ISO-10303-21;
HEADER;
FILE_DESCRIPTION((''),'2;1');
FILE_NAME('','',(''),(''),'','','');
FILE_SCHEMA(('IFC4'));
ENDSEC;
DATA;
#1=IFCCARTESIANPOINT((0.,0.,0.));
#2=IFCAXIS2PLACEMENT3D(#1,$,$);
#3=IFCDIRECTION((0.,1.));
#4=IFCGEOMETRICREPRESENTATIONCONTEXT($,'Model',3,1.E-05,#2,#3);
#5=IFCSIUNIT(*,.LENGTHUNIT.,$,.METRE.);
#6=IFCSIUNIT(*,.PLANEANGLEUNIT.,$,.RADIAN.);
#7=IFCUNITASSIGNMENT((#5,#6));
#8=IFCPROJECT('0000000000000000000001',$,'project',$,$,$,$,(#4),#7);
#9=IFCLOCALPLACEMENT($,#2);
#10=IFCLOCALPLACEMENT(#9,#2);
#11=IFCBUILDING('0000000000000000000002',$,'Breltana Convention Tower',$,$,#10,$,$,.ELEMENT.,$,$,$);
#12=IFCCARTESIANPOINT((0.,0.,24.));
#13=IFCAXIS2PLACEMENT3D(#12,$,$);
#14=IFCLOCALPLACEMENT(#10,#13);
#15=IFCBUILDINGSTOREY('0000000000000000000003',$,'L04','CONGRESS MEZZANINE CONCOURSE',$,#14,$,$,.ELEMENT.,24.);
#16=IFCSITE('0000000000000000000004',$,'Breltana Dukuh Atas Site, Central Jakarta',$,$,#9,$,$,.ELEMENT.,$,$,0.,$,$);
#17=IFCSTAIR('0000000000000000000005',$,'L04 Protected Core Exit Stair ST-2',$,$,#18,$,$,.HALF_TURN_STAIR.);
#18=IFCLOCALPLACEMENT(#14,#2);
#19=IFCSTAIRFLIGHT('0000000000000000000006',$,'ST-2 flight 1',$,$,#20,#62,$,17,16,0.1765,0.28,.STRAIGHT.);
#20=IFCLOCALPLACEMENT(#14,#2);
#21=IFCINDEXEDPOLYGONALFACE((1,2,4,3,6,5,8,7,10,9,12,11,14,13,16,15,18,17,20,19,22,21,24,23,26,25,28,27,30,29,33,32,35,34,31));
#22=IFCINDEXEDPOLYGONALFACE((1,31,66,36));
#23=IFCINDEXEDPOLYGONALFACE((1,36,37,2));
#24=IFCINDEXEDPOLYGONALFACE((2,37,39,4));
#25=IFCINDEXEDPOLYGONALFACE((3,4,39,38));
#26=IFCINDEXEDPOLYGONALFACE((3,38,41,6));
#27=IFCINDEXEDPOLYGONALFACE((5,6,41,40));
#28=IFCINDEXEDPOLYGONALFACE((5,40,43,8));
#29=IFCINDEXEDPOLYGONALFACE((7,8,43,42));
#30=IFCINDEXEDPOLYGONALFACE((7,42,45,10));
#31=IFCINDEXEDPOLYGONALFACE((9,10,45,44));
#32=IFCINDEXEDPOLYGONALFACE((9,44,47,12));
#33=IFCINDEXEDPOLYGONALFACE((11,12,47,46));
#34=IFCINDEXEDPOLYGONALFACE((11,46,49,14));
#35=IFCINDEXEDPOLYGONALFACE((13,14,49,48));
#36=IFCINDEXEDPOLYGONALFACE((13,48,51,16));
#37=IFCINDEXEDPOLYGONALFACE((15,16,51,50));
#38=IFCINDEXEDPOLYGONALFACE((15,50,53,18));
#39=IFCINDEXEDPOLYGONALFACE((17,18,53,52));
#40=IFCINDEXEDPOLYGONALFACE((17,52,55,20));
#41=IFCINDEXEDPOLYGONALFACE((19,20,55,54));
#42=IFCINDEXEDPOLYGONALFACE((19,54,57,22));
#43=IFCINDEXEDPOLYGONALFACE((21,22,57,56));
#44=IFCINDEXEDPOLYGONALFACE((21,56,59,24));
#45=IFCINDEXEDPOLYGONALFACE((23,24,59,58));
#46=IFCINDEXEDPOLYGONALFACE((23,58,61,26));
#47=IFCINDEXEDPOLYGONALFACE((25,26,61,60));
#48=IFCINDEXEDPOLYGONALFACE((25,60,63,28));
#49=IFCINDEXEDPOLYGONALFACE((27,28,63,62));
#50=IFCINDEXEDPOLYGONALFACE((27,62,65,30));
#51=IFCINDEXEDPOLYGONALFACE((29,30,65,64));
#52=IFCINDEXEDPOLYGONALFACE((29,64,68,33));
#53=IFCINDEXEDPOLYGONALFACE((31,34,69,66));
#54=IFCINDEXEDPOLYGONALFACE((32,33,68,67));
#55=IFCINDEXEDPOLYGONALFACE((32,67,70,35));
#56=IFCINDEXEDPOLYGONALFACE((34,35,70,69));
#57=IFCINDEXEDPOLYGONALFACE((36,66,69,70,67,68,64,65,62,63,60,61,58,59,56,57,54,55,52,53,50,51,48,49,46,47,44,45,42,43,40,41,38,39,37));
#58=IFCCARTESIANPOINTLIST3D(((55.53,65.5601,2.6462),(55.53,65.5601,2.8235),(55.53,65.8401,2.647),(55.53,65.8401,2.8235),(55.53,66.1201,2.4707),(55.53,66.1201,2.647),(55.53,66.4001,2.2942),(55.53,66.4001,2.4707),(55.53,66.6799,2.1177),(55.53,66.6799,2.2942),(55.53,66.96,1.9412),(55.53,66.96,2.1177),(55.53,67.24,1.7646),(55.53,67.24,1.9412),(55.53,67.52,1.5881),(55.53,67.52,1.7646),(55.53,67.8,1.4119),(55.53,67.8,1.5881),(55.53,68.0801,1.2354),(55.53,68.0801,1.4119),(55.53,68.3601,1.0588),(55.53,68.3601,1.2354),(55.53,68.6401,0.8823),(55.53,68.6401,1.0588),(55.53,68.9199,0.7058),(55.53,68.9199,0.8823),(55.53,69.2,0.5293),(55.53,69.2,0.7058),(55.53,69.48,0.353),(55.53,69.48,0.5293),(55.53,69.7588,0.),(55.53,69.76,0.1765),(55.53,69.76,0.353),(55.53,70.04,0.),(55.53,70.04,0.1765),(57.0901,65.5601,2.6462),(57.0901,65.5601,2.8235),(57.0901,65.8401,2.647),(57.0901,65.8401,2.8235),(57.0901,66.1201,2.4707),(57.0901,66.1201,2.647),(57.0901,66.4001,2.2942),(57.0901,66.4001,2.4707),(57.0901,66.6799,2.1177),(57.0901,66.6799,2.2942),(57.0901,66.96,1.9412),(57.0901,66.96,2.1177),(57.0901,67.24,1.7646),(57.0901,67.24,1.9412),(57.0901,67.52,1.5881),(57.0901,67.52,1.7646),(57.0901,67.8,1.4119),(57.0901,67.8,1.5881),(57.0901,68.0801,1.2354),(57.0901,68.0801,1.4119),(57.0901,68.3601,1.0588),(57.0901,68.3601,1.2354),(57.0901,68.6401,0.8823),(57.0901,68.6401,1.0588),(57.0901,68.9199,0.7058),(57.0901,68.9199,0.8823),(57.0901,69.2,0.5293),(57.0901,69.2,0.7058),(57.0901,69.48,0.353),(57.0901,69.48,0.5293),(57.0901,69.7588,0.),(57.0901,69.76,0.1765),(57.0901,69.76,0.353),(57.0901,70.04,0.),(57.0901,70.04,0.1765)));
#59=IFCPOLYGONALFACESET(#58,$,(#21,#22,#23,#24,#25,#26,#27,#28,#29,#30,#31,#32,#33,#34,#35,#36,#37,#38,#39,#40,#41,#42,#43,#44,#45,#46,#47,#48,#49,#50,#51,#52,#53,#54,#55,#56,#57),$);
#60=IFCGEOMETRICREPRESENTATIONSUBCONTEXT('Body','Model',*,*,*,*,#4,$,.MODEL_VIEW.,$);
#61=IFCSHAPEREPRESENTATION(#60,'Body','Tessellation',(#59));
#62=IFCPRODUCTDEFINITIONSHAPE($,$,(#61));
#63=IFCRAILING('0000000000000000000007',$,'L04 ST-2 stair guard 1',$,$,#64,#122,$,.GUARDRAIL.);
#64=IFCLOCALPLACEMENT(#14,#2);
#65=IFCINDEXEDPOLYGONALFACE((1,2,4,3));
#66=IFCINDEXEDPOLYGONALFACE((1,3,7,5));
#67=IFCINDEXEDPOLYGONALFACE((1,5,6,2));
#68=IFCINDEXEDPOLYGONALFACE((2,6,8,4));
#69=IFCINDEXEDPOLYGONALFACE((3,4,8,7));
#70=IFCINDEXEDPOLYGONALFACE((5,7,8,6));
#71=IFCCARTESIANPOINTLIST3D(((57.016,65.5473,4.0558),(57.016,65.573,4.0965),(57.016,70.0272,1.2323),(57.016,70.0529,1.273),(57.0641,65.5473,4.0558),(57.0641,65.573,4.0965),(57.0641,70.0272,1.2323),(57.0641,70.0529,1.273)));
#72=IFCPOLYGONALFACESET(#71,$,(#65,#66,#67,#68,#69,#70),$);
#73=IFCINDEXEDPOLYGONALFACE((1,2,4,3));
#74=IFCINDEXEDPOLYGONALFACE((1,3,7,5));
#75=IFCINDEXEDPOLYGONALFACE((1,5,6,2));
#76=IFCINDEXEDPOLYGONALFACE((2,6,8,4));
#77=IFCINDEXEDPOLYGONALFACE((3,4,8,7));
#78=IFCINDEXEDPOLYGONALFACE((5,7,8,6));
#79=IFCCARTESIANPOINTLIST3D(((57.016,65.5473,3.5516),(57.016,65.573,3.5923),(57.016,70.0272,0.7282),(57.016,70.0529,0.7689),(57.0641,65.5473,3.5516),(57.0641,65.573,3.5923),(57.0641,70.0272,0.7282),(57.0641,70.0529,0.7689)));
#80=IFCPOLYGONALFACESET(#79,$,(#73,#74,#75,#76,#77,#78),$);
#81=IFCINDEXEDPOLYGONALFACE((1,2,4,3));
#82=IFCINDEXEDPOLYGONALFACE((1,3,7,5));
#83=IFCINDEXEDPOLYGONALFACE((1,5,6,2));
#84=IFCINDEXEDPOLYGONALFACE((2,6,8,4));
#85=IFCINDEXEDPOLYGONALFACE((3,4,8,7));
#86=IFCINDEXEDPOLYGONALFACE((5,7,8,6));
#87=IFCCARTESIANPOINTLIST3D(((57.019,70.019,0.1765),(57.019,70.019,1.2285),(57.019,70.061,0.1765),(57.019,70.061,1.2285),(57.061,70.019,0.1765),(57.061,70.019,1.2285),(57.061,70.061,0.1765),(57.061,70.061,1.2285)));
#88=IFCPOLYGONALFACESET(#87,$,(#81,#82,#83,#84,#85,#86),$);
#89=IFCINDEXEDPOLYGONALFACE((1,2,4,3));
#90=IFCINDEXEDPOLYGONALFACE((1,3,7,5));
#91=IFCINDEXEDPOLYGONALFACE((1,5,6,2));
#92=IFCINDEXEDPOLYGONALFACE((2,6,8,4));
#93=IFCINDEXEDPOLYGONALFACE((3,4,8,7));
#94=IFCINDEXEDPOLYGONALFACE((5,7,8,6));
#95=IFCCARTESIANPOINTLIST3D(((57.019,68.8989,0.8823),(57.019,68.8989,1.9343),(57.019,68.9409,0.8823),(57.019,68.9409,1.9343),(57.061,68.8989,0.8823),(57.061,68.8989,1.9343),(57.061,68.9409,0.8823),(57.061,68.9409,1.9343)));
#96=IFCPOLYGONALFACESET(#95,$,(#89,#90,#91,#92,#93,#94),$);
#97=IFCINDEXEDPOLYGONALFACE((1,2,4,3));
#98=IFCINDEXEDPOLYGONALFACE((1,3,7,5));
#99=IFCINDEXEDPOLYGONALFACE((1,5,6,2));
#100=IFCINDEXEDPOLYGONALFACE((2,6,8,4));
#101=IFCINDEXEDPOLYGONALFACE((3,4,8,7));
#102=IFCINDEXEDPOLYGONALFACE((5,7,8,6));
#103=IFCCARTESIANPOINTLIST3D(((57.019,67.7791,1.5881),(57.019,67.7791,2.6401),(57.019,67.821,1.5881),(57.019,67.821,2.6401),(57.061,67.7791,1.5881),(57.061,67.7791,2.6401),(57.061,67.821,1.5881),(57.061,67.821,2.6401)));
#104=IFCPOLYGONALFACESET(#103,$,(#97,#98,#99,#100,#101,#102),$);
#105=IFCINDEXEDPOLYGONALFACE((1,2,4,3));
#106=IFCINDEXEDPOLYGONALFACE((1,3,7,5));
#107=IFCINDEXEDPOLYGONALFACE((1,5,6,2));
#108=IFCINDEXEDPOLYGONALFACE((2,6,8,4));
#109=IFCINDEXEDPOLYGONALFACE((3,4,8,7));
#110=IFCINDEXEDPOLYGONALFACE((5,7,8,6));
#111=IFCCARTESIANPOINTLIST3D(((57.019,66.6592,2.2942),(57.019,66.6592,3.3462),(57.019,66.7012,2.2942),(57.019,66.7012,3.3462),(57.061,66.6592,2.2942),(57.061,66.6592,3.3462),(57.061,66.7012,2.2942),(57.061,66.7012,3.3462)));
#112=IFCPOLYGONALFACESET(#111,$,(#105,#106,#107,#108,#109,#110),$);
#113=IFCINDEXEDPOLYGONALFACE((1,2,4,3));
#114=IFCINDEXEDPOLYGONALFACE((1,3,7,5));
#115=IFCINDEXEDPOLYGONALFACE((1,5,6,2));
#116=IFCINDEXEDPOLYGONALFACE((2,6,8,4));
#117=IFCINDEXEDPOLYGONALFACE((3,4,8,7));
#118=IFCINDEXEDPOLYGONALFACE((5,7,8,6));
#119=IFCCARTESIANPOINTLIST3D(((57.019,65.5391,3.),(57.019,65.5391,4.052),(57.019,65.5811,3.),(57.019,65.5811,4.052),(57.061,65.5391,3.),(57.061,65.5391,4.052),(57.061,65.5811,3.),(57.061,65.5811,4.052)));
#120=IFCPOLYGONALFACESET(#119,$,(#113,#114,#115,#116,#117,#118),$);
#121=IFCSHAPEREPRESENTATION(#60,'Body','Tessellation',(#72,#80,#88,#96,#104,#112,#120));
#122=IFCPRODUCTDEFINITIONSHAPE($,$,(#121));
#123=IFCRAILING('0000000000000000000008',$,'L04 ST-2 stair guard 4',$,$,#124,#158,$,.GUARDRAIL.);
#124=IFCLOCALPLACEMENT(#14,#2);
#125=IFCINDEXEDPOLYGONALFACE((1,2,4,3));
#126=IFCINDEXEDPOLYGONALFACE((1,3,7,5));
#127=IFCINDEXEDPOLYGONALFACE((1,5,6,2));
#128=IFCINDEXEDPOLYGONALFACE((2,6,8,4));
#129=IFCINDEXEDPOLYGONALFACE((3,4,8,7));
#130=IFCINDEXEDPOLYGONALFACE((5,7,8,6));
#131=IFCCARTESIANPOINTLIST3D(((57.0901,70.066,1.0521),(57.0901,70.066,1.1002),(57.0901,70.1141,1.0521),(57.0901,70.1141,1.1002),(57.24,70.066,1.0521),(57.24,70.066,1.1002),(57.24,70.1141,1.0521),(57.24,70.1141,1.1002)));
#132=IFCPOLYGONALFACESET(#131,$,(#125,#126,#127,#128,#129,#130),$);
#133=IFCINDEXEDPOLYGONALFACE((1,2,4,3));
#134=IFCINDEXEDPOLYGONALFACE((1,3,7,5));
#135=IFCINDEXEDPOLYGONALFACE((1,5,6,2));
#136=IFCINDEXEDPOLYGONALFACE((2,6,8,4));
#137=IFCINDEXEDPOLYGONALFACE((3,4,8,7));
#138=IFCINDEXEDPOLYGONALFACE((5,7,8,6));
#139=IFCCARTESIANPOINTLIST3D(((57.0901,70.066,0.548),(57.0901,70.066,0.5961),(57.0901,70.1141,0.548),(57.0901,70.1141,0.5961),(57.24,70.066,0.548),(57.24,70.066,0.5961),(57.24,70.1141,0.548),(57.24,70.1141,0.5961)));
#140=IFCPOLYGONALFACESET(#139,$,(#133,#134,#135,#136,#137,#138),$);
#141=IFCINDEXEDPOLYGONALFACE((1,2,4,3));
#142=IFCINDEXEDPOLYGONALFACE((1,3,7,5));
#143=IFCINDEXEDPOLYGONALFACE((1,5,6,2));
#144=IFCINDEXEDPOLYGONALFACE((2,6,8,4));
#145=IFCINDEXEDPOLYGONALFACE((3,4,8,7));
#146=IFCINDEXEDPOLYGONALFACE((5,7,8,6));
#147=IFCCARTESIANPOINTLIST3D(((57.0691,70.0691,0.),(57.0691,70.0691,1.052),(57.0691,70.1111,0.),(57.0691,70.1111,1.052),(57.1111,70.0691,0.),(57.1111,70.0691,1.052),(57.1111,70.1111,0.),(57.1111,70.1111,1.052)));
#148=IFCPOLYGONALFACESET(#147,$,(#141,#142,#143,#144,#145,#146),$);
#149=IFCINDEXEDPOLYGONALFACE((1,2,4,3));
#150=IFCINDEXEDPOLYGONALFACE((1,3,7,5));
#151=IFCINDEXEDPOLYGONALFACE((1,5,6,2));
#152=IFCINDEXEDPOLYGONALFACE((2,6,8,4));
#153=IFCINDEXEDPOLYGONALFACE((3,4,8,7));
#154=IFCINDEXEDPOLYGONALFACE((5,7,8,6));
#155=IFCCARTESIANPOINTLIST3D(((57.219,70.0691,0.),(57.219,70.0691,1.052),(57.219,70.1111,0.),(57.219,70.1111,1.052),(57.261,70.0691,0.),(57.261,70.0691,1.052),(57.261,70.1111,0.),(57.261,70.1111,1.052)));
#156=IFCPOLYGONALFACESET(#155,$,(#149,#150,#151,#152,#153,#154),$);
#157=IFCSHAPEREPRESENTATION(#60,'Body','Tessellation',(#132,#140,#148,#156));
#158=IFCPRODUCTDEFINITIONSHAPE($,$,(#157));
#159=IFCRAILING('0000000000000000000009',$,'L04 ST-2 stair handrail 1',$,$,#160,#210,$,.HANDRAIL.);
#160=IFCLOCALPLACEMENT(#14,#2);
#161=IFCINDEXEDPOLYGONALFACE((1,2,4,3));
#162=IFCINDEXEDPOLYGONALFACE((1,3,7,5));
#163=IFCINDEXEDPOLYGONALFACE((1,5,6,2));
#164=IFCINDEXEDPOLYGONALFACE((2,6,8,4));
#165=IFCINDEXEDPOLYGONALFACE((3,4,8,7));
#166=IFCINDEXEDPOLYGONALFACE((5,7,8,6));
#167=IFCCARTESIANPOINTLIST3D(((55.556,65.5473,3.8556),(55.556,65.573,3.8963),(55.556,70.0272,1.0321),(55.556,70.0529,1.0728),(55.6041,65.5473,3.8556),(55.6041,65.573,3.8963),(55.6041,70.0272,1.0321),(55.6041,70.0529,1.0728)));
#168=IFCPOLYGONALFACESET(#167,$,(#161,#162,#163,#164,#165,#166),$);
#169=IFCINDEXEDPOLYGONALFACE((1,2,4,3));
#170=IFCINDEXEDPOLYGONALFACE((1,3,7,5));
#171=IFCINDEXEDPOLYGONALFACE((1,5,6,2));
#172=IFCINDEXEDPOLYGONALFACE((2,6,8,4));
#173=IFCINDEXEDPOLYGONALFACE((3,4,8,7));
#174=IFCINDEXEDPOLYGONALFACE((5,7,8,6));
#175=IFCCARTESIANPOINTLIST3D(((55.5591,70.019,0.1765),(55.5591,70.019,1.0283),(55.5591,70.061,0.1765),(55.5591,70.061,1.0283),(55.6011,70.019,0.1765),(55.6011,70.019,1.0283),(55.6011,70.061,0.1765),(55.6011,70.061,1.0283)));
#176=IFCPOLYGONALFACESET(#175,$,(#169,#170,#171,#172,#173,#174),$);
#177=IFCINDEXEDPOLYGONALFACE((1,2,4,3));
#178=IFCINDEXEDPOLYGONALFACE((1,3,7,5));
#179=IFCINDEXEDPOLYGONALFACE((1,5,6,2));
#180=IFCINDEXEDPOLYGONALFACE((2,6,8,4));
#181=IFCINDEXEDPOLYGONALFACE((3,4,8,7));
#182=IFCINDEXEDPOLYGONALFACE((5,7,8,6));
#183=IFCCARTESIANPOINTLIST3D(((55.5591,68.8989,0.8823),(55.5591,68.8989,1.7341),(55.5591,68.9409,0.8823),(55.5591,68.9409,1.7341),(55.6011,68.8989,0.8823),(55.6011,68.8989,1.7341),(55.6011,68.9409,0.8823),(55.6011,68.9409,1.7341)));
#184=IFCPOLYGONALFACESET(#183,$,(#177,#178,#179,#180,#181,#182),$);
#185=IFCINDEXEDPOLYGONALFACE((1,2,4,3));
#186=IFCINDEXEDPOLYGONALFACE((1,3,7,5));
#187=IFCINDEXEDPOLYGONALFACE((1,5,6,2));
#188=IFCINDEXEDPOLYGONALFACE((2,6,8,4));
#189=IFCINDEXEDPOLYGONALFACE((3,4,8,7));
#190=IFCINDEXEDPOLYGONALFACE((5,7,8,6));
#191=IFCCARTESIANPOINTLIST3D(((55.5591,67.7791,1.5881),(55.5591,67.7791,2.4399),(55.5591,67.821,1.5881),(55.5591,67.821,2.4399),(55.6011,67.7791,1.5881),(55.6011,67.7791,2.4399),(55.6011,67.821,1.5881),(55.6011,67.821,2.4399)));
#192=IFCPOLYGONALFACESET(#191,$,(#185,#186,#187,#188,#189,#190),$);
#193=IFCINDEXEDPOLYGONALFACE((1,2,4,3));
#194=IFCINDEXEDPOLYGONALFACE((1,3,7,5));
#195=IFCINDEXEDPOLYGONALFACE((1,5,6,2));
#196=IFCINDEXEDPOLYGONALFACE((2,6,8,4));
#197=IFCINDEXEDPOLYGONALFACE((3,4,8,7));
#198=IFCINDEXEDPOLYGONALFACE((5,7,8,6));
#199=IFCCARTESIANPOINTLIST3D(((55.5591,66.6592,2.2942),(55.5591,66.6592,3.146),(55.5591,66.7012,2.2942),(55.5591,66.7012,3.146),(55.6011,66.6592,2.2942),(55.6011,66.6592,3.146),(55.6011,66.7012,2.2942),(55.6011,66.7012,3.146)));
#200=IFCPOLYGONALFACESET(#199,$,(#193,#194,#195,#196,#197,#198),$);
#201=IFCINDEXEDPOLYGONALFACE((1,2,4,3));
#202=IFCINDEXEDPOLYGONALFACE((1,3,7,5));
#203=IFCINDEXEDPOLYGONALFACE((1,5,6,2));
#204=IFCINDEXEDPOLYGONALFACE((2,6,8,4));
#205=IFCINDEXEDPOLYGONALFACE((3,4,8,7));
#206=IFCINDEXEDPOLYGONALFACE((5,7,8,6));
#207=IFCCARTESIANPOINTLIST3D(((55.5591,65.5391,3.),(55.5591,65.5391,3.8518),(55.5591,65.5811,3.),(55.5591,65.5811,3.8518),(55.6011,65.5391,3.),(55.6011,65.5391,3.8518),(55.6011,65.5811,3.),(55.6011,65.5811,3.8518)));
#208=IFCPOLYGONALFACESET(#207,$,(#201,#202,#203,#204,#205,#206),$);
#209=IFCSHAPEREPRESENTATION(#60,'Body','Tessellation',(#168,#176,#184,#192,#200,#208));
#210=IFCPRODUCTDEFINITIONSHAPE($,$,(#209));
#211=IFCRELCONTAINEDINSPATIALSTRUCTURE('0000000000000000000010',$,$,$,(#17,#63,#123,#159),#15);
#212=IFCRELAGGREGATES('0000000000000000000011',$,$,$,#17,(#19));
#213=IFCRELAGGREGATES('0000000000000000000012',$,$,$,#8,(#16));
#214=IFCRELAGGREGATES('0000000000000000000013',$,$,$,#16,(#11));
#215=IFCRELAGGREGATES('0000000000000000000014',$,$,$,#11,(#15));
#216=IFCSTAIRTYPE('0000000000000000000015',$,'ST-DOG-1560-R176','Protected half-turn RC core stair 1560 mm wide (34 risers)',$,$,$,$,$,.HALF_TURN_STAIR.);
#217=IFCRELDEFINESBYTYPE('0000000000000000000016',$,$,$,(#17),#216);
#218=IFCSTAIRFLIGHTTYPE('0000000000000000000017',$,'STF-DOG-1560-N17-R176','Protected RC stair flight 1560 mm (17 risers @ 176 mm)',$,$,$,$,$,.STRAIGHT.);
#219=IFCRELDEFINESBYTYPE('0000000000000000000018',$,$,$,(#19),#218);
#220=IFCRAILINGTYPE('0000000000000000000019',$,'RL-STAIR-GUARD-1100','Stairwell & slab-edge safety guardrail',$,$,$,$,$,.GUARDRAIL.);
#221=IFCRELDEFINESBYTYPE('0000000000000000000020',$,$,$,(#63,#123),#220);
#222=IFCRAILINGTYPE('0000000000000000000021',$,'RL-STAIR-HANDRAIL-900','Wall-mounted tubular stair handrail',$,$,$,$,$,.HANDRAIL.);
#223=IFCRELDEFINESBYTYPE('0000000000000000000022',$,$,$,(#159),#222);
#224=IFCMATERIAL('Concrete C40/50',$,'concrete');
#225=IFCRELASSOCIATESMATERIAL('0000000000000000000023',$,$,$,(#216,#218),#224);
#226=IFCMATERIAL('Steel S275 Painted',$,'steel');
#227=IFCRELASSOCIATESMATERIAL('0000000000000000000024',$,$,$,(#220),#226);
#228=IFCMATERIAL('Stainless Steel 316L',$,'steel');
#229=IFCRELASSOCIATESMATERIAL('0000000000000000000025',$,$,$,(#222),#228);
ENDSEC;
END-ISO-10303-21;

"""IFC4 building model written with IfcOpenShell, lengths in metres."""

from ifc_helpers import new_model, si_unit, direction, frame, origin, origin_2d, place, context, subcontext, project, spatial, polyline, rectangle, outline, extrude, material, type_object, element, aggregate, save


model = new_model("IFC4")

# Units and contexts
model_context = context("Model", 3, precision=1e-05, world=origin(), true_north=direction((0.0, 1.0)))
body_context = subcontext(model_context, "Body", "Model", "MODEL_VIEW")
ifc_project = project(units=[si_unit("LENGTHUNIT", "METRE"), si_unit("PLANEANGLEUNIT", "RADIAN")], contexts=[model_context])

# Site, building, storey
site_placement = place(None, origin())
site = spatial("IfcSite", under=ifc_project, at=site_placement, Name="Breltana Dukuh Atas Site, Central Jakarta", CompositionType="ELEMENT", RefElevation=0.0)
building_placement = place(site_placement, origin())
building = spatial("IfcBuilding", under=site, at=building_placement, Name="Breltana Convention Tower", CompositionType="ELEMENT")
storey_placement = place(building_placement, frame((0.0, 0.0, 24.0)))
storey = spatial("IfcBuildingStorey", under=building, at=storey_placement, Name="L04", Description="CONGRESS MEZZANINE CONCOURSE", CompositionType="ELEMENT", Elevation=24.0)

# Stair, stair flight
ifc_material_1 = material(Name="Concrete C40/50", Category="concrete")
stair_type = type_object("IfcStairType", Name="ST-DOG-1560-R176", Description="Protected half-turn RC core stair 1560 mm wide (34 risers)", PredefinedType="HALF_TURN_STAIR", material=ifc_material_1)
stair_placement = place(storey_placement, origin())
stair = element("IfcStair", 1, at=stair_placement, inside=storey, type_object=stair_type, Name="L04 Protected Core Exit Stair ST-2", PredefinedType="HALF_TURN_STAIR")
stair_flight_type = type_object("IfcStairFlightType", Name="STF-DOG-1560-N17-R176", Description="Protected RC stair flight 1560 mm (17 risers @ 176 mm)", PredefinedType="STRAIGHT", material=ifc_material_1)
stair_flight_placement = place(storey_placement, frame((56.3101, 70.04, 0.0), z_axis=(0.0, 0.0, 1.0), x_axis=(0.0, -1.0, 0.0)))
stair_flight = element("IfcStairFlight", 2, at=stair_flight_placement, type_object=stair_flight_type, Name="ST-2 flight 1", NumberOfRisers=17, NumberOfTreads=16, PredefinedType="STRAIGHT", RiserHeight=0.1765, TreadLength=0.28, context=body_context, shape_type="SweptSolid", body=[
    extrude(outline(polyline([(0.0, 0.0), (0.0, 0.1765), (0.28, 0.1765), (0.28, 0.353), (0.5601, 0.353), (0.5601, 0.5293), (0.8401, 0.5293), (0.8401, 0.7058), (1.1201, 0.7058), (1.1201, 0.8823), (1.3999, 0.8823), (1.3999, 1.0588), (1.6799, 1.0588), (1.6799, 1.2354), (1.96, 1.2354), (1.96, 1.4119), (2.24, 1.4119), (2.24, 1.5881), (2.52, 1.5881), (2.52, 1.7646), (2.8, 1.7646), (2.8, 1.9412), (3.0801, 1.9412), (3.0801, 2.1177), (3.3601, 2.1177), (3.3601, 2.2942), (3.6399, 2.2942), (3.6399, 2.4707), (3.9199, 2.4707), (3.9199, 2.647), (4.2, 2.647), (4.2, 2.8235), (4.48, 2.8235), (4.48, 3.0), (4.48, 2.6462), (0.2812, 0.0), (0.0, 0.0)])), frame((0.0, 0.78, 0.0), z_axis=(0.0, -1.0, 0.0), x_axis=(1.0, 0.0, 0.0)), (0.0, 0.0, 1.0), 1.5601),
])
aggregate(stair, [stair_flight])

# Railings
ifc_material_2 = material(Name="Steel S275 Painted", Category="steel")
railing_type_1 = type_object("IfcRailingType", Name="RL-STAIR-GUARD-1100", Description="Stairwell & slab-edge safety guardrail", PredefinedType="GUARDRAIL", material=ifc_material_2)
railing_1_placement = place(storey_placement, frame((57.04, 70.04, 0.1765)))
element("IfcRailing", 3, at=railing_1_placement, inside=storey, type_object=railing_type_1, Name="L04 ST-2 stair guard 1", PredefinedType="GUARDRAIL", context=body_context, shape_type="SweptSolid", body=[
    extrude(rectangle(XDim=0.0481, YDim=0.0481, at=origin_2d()), frame((0.0, 0.0, 1.0762), z_axis=(0.0, -0.845998, 0.533186), x_axis=(1.0, 0.0, 0.0)), (0.0, 0.0, 1.0), 5.2954),
    extrude(rectangle(XDim=0.0481, YDim=0.0481, at=origin_2d()), frame((0.0, 0.0, 0.572), z_axis=(0.0, -0.845998, 0.533186), x_axis=(1.0, 0.0, 0.0)), (0.0, 0.0, 1.0), 5.2954),
    extrude(rectangle(XDim=0.042, YDim=0.042, at=origin_2d()), origin(), (0.0, 0.0, 1.0), 1.052),
    extrude(rectangle(XDim=0.042, YDim=0.042, at=origin_2d()), frame((0.0, -1.1201, 0.7058)), (0.0, 0.0, 1.0), 1.052),
    extrude(rectangle(XDim=0.042, YDim=0.042, at=origin_2d()), frame((0.0, -2.24, 1.4116)), (0.0, 0.0, 1.0), 1.052),
    extrude(rectangle(XDim=0.042, YDim=0.042, at=origin_2d()), frame((0.0, -3.3599, 2.1177)), (0.0, 0.0, 1.0), 1.052),
    extrude(rectangle(XDim=0.042, YDim=0.042, at=origin_2d()), frame((0.0, -4.48, 2.8235)), (0.0, 0.0, 1.0), 1.052),
])
railing_2_placement = place(storey_placement, frame((57.0901, 70.0901, 0.0)))
element("IfcRailing", 4, at=railing_2_placement, inside=storey, type_object=railing_type_1, Name="L04 ST-2 stair guard 4", PredefinedType="GUARDRAIL", context=body_context, shape_type="SweptSolid", body=[
    extrude(rectangle(XDim=0.0481, YDim=0.0481, at=origin_2d()), frame((0.0, 0.0, 1.0762), z_axis=(1.0, 0.0, 0.0), x_axis=(0.0, 1.0, 0.0)), (0.0, 0.0, 1.0), 0.1499),
    extrude(rectangle(XDim=0.0481, YDim=0.0481, at=origin_2d()), frame((0.0, 0.0, 0.572), z_axis=(1.0, 0.0, 0.0), x_axis=(0.0, 1.0, 0.0)), (0.0, 0.0, 1.0), 0.1499),
    extrude(rectangle(XDim=0.042, YDim=0.042, at=origin_2d()), origin(), (0.0, 0.0, 1.0), 1.052),
    extrude(rectangle(XDim=0.042, YDim=0.042, at=origin_2d()), frame((0.1499, 0.0, 0.0)), (0.0, 0.0, 1.0), 1.052),
])
ifc_material_3 = material(Name="Stainless Steel 316L", Category="steel")
railing_type_2 = type_object("IfcRailingType", Name="RL-STAIR-HANDRAIL-900", Description="Wall-mounted tubular stair handrail", PredefinedType="HANDRAIL", material=ifc_material_3)
railing_3_placement = place(storey_placement, frame((55.5801, 70.04, 0.1765)))
element("IfcRailing", 5, at=railing_3_placement, inside=storey, type_object=railing_type_2, Name="L04 ST-2 stair handrail 1", PredefinedType="HANDRAIL", context=body_context, shape_type="SweptSolid", body=[
    extrude(rectangle(XDim=0.0481, YDim=0.0481, at=origin_2d()), frame((0.0, 0.0, 0.876), z_axis=(0.0, -0.845998, 0.533186), x_axis=(1.0, 0.0, 0.0)), (0.0, 0.0, 1.0), 5.2954),
    extrude(rectangle(XDim=0.042, YDim=0.042, at=origin_2d()), origin(), (0.0, 0.0, 1.0), 0.8518),
    extrude(rectangle(XDim=0.042, YDim=0.042, at=origin_2d()), frame((0.0, -1.1201, 0.7058)), (0.0, 0.0, 1.0), 0.8518),
    extrude(rectangle(XDim=0.042, YDim=0.042, at=origin_2d()), frame((0.0, -2.24, 1.4116)), (0.0, 0.0, 1.0), 0.8518),
    extrude(rectangle(XDim=0.042, YDim=0.042, at=origin_2d()), frame((0.0, -3.3599, 2.1177)), (0.0, 0.0, 1.0), 0.8518),
    extrude(rectangle(XDim=0.042, YDim=0.042, at=origin_2d()), frame((0.0, -4.48, 2.8235)), (0.0, 0.0, 1.0), 0.8518),
])

save(model, "model.ifc")
